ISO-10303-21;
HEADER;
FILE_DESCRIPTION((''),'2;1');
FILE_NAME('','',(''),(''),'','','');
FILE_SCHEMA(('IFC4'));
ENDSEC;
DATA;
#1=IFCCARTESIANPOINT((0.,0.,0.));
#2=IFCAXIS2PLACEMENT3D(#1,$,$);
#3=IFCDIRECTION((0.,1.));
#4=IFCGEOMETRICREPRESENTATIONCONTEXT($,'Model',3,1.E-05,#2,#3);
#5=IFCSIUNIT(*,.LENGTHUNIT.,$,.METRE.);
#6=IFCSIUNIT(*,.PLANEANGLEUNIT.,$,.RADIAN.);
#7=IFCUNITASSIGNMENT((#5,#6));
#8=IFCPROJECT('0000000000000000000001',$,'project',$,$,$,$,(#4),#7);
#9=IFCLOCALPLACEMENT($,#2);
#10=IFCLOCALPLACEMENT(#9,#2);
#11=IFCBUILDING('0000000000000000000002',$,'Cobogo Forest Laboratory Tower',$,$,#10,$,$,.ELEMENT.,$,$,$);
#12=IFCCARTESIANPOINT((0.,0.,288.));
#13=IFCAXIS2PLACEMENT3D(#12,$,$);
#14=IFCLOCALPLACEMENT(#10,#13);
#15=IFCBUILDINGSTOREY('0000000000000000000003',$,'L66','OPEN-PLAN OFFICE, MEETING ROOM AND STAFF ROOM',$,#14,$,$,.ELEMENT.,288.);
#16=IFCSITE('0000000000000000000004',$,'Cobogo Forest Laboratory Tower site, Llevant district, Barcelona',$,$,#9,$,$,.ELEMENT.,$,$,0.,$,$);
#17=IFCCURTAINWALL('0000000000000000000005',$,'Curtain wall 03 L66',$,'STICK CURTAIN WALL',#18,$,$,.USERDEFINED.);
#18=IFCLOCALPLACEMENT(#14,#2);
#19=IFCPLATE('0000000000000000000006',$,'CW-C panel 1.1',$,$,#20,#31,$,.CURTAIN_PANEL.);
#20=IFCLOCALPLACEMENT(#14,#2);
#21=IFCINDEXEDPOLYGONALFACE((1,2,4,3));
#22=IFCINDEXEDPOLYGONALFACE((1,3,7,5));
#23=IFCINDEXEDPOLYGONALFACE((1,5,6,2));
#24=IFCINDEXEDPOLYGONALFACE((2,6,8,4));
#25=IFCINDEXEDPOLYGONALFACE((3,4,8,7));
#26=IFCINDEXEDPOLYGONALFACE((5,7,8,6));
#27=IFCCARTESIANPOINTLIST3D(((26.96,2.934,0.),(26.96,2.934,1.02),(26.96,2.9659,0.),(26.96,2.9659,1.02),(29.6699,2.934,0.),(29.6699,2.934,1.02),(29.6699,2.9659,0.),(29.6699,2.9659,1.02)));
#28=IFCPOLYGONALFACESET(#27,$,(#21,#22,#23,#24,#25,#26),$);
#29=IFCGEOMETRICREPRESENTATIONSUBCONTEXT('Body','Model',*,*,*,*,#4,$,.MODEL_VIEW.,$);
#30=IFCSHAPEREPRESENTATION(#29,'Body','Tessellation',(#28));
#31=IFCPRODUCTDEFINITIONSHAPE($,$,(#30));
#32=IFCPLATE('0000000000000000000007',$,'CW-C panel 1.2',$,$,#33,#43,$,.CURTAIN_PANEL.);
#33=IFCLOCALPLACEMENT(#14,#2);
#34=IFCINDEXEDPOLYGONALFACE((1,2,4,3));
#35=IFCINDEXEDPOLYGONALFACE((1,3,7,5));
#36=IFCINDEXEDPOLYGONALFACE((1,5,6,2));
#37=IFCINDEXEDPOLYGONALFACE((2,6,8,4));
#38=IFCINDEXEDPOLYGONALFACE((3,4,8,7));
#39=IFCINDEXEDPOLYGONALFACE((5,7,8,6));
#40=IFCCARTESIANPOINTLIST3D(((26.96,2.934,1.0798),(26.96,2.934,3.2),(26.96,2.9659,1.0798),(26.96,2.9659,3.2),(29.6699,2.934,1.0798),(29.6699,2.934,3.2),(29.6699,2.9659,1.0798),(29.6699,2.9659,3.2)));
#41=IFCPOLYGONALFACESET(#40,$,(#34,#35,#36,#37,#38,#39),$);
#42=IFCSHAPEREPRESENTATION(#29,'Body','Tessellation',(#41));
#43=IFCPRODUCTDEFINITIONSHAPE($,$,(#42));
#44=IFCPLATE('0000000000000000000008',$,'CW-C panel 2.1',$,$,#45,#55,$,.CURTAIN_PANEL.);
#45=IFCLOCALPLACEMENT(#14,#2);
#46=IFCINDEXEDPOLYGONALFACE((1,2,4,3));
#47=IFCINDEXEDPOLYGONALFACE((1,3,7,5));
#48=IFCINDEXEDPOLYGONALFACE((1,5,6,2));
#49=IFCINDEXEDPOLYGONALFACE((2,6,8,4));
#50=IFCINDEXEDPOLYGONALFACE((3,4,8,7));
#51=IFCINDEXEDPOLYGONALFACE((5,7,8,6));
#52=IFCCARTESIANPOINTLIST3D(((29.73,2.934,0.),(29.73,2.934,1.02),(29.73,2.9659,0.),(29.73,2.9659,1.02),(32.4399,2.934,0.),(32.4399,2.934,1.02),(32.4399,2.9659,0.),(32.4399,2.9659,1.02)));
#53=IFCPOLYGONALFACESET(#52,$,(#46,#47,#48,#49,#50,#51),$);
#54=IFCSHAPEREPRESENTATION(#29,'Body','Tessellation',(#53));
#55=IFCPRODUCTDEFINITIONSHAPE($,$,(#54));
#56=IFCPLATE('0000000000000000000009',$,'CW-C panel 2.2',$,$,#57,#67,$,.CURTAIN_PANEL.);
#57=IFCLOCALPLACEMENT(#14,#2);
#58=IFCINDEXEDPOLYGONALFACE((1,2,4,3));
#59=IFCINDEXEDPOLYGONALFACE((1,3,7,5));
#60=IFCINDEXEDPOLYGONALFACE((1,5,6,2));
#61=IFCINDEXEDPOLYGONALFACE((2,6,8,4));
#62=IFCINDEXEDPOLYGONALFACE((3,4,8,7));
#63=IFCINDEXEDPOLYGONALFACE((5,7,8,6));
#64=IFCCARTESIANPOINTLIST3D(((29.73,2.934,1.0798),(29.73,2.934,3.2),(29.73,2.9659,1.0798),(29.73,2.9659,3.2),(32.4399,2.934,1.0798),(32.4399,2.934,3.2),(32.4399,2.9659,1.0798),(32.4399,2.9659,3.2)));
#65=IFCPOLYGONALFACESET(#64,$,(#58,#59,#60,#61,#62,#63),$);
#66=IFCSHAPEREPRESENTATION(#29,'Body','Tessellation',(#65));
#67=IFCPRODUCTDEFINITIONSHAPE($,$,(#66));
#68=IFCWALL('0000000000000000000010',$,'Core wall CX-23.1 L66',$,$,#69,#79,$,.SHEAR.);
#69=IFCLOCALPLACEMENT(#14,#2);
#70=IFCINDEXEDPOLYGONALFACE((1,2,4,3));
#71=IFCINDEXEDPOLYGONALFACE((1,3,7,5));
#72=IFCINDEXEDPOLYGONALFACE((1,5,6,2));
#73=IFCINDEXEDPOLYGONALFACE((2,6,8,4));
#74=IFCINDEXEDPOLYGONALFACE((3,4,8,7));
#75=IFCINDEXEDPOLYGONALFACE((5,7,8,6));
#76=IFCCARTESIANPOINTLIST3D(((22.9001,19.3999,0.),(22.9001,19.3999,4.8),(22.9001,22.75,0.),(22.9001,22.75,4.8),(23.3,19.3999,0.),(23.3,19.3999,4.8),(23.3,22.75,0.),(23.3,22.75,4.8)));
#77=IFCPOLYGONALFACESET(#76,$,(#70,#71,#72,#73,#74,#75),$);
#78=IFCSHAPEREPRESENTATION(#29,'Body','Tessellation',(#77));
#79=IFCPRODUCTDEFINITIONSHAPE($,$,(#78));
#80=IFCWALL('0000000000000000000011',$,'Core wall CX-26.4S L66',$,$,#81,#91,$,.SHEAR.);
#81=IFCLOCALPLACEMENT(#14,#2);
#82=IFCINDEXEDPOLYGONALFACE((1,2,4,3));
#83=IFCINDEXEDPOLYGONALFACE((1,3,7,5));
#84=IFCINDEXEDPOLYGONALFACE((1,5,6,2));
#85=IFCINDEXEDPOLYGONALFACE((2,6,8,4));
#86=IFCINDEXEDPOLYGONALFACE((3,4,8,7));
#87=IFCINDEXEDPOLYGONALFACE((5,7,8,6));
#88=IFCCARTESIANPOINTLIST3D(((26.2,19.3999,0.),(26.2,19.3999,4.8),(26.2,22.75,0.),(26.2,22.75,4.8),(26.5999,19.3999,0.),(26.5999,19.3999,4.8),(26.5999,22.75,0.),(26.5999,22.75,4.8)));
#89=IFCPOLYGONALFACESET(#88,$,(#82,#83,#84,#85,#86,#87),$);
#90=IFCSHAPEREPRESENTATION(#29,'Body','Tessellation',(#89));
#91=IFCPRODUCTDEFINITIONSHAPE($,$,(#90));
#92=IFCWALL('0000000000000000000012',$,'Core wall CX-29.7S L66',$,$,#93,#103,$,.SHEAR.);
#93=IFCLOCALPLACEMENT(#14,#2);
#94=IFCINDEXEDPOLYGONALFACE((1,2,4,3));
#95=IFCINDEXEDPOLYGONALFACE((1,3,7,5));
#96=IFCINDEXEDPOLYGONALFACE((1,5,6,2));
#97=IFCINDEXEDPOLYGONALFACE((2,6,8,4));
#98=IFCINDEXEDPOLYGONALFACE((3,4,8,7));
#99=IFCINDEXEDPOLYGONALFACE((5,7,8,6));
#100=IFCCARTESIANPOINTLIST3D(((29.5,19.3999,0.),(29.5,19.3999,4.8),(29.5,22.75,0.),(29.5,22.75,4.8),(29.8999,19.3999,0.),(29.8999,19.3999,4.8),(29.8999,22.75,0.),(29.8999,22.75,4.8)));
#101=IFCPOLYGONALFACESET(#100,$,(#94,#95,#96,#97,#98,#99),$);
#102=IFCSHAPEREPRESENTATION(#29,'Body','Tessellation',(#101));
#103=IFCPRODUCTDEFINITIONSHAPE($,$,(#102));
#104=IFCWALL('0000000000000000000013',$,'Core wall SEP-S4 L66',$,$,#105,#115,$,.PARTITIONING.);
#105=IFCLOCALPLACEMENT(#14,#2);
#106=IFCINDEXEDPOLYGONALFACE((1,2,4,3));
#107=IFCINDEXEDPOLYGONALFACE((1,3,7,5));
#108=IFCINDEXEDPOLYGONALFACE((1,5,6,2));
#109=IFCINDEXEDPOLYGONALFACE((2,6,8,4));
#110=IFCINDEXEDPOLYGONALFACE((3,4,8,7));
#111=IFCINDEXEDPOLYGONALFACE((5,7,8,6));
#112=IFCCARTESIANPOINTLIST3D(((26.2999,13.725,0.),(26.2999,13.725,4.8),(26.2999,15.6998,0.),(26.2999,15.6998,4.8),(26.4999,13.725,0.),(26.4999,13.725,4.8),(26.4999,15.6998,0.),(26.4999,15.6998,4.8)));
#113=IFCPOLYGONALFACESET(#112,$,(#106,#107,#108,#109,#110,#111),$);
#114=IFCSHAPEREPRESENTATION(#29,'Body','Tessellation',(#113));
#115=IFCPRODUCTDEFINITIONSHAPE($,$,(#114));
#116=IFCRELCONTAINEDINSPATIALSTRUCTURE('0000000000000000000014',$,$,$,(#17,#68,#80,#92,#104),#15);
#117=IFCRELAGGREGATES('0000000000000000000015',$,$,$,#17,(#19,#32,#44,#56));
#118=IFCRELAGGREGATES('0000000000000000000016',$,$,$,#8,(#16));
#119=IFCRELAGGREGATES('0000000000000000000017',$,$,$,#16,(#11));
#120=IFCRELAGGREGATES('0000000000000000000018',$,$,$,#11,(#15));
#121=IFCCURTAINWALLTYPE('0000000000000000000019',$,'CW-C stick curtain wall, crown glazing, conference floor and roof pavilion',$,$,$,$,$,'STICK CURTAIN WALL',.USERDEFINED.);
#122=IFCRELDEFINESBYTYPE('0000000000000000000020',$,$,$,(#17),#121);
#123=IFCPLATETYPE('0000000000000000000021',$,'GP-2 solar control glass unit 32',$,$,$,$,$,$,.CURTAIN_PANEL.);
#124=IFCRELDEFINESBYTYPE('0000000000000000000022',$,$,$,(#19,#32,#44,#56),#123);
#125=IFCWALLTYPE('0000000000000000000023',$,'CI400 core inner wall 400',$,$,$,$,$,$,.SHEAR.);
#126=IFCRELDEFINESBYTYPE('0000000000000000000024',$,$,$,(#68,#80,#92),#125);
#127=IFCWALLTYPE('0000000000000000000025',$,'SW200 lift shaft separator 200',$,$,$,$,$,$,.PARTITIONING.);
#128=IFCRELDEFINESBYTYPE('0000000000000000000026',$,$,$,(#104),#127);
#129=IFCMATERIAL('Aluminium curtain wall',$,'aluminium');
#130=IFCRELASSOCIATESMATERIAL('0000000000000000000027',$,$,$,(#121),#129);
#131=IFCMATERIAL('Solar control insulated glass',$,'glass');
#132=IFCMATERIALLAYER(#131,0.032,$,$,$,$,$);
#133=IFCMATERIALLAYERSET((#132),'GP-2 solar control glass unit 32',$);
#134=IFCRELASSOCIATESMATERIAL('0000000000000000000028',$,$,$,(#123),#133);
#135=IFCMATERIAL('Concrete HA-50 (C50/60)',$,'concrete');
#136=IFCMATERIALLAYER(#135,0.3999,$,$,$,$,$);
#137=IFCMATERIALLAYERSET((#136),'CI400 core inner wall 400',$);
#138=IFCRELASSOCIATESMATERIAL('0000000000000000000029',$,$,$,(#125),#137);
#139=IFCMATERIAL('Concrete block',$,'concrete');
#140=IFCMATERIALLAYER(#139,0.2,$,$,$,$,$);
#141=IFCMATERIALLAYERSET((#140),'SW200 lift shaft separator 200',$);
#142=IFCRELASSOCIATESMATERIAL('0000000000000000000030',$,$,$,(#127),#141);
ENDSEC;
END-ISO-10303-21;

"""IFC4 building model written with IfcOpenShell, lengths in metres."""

from ifc_helpers import new_model, si_unit, direction, frame, frame_2d, origin, origin_2d, place, context, subcontext, project, spatial, rectangle, extrude, material, layer, layer_set, type_object, element, aggregate, save


model = new_model("IFC4")

# Units and contexts
model_context = context("Model", 3, precision=1e-05, world=origin(), true_north=direction((0.0, 1.0)))
body_context = subcontext(model_context, "Body", "Model", "MODEL_VIEW")
ifc_project = project(units=[si_unit("LENGTHUNIT", "METRE"), si_unit("PLANEANGLEUNIT", "RADIAN")], contexts=[model_context])

# Site, building, storey
site_placement = place(None, origin())
site = spatial("IfcSite", under=ifc_project, at=site_placement, Name="Cobogo Forest Laboratory Tower site, Llevant district, Barcelona", CompositionType="ELEMENT", RefElevation=0.0)
building_placement = place(site_placement, origin())
building = spatial("IfcBuilding", under=site, at=building_placement, Name="Cobogo Forest Laboratory Tower", CompositionType="ELEMENT")
storey_placement = place(building_placement, frame((0.0, 0.0, 288.0)))
storey = spatial("IfcBuildingStorey", under=building, at=storey_placement, Name="L66", Description="OPEN-PLAN OFFICE, MEETING ROOM AND STAFF ROOM", CompositionType="ELEMENT", Elevation=288.0)

# Shared definitions
ifc_material_1 = material(Name="Concrete HA-50 (C50/60)", Category="concrete")

# Shared definitions
ifc_material_2 = material(Name="Aluminium curtain wall", Category="aluminium")
curtain_wall_type = type_object("IfcCurtainWallType", Name="CW-C stick curtain wall, crown glazing, conference floor and roof pavilion", ElementType="STICK CURTAIN WALL", PredefinedType="USERDEFINED", material=ifc_material_2)

# Curtain wall
curtain_wall_1_placement = place(storey_placement, origin())
curtain_wall_1 = element("IfcCurtainWall", 1, at=curtain_wall_1_placement, inside=storey, type_object=curtain_wall_type, Name="Curtain wall 03 L66", ObjectType="STICK CURTAIN WALL", PredefinedType="USERDEFINED")

# Plates
ifc_material_3 = material(Name="Solar control insulated glass", Category="glass")
ifc_layer_1 = layer(ifc_material_3, 0.032)
ifc_layer_set_1 = layer_set([ifc_layer_1], Name="GP-2 solar control glass unit 32")
plate_type = type_object("IfcPlateType", Name="GP-2 solar control glass unit 32", PredefinedType="CURTAIN_PANEL", material=ifc_layer_set_1)
plate_1_placement = place(storey_placement, frame((28.3149, 2.95, 0.0), z_axis=(0.0, 0.0, 1.0), x_axis=(1.0, 0.0, 0.0)))
plate_1 = element("IfcPlate", 2, at=plate_1_placement, type_object=plate_type, Name="CW-C panel 1.1", PredefinedType="CURTAIN_PANEL", context=body_context, shape_type="SweptSolid", body=[
    extrude(rectangle(XDim=2.71, YDim=0.032, at=origin_2d()), origin(), (0.0, 0.0, 1.0), 1.02),
])
plate_2_placement = place(storey_placement, frame((28.3149, 2.95, 1.0798), z_axis=(0.0, 0.0, 1.0), x_axis=(1.0, 0.0, 0.0)))
plate_2 = element("IfcPlate", 3, at=plate_2_placement, type_object=plate_type, Name="CW-C panel 1.2", PredefinedType="CURTAIN_PANEL", context=body_context, shape_type="SweptSolid", body=[
    extrude(rectangle(XDim=2.71, YDim=0.032, at=origin_2d()), origin(), (0.0, 0.0, 1.0), 2.1201),
])
plate_3_placement = place(storey_placement, frame((31.085, 2.95, 0.0), z_axis=(0.0, 0.0, 1.0), x_axis=(1.0, 0.0, 0.0)))
plate_3 = element("IfcPlate", 4, at=plate_3_placement, type_object=plate_type, Name="CW-C panel 2.1", PredefinedType="CURTAIN_PANEL", context=body_context, shape_type="SweptSolid", body=[
    extrude(rectangle(XDim=2.71, YDim=0.032, at=origin_2d()), origin(), (0.0, 0.0, 1.0), 1.02),
])
plate_4_placement = place(storey_placement, frame((31.085, 2.95, 1.0798), z_axis=(0.0, 0.0, 1.0), x_axis=(1.0, 0.0, 0.0)))
plate_4 = element("IfcPlate", 5, at=plate_4_placement, type_object=plate_type, Name="CW-C panel 2.2", PredefinedType="CURTAIN_PANEL", context=body_context, shape_type="SweptSolid", body=[
    extrude(rectangle(XDim=2.71, YDim=0.032, at=origin_2d()), origin(), (0.0, 0.0, 1.0), 2.1201),
])
aggregate(curtain_wall_1, [plate_1, plate_2, plate_3, plate_4])

# Walls
ifc_layer_2 = layer(ifc_material_1, 0.3999)
ifc_layer_set_2 = layer_set([ifc_layer_2], Name="CI400 core inner wall 400")
wall_type_1 = type_object("IfcWallType", Name="CI400 core inner wall 400", PredefinedType="SHEAR", material=ifc_layer_set_2)
for number, where, z_axis, x_axis, name in (
    (6, (23.1001, 19.3999, 0.0), (0.0, 0.0, 1.0), (0.0, 1.0, 0.0), "Core wall CX-23.1 L66"),
    (7, (26.3999, 19.3999, 0.0), (0.0, 0.0, 1.0), (0.0, 1.0, 0.0), "Core wall CX-26.4S L66"),
    (8, (29.7, 19.3999, 0.0), (0.0, 0.0, 1.0), (0.0, 1.0, 0.0), "Core wall CX-29.7S L66"),
):
    element("IfcWall", number, at=place(storey_placement, frame(where, z_axis=z_axis, x_axis=x_axis)), inside=storey, type_object=wall_type_1, Name=name, PredefinedType="SHEAR", context=body_context, shape_type="SweptSolid", body=[
        extrude(rectangle(XDim=3.3501, YDim=0.3999, at=frame_2d((1.675, 0.0))), origin(), (0.0, 0.0, 1.0), 4.8),
    ])
ifc_material_4 = material(Name="Concrete block", Category="concrete")
ifc_layer_3 = layer(ifc_material_4, 0.2)
ifc_layer_set_3 = layer_set([ifc_layer_3], Name="SW200 lift shaft separator 200")
wall_type_2 = type_object("IfcWallType", Name="SW200 lift shaft separator 200", PredefinedType="PARTITIONING", material=ifc_layer_set_3)
wall_placement = place(storey_placement, frame((26.3999, 13.7251, 0.0), z_axis=(0.0, 0.0, 1.0), x_axis=(0.0, 1.0, 0.0)))
element("IfcWall", 9, at=wall_placement, inside=storey, type_object=wall_type_2, Name="Core wall SEP-S4 L66", PredefinedType="PARTITIONING", context=body_context, shape_type="SweptSolid", body=[
    extrude(rectangle(XDim=1.9749, YDim=0.2, at=frame_2d((0.9873, 0.0))), origin(), (0.0, 0.0, 1.0), 4.8),
])

save(model, "model.ifc")
